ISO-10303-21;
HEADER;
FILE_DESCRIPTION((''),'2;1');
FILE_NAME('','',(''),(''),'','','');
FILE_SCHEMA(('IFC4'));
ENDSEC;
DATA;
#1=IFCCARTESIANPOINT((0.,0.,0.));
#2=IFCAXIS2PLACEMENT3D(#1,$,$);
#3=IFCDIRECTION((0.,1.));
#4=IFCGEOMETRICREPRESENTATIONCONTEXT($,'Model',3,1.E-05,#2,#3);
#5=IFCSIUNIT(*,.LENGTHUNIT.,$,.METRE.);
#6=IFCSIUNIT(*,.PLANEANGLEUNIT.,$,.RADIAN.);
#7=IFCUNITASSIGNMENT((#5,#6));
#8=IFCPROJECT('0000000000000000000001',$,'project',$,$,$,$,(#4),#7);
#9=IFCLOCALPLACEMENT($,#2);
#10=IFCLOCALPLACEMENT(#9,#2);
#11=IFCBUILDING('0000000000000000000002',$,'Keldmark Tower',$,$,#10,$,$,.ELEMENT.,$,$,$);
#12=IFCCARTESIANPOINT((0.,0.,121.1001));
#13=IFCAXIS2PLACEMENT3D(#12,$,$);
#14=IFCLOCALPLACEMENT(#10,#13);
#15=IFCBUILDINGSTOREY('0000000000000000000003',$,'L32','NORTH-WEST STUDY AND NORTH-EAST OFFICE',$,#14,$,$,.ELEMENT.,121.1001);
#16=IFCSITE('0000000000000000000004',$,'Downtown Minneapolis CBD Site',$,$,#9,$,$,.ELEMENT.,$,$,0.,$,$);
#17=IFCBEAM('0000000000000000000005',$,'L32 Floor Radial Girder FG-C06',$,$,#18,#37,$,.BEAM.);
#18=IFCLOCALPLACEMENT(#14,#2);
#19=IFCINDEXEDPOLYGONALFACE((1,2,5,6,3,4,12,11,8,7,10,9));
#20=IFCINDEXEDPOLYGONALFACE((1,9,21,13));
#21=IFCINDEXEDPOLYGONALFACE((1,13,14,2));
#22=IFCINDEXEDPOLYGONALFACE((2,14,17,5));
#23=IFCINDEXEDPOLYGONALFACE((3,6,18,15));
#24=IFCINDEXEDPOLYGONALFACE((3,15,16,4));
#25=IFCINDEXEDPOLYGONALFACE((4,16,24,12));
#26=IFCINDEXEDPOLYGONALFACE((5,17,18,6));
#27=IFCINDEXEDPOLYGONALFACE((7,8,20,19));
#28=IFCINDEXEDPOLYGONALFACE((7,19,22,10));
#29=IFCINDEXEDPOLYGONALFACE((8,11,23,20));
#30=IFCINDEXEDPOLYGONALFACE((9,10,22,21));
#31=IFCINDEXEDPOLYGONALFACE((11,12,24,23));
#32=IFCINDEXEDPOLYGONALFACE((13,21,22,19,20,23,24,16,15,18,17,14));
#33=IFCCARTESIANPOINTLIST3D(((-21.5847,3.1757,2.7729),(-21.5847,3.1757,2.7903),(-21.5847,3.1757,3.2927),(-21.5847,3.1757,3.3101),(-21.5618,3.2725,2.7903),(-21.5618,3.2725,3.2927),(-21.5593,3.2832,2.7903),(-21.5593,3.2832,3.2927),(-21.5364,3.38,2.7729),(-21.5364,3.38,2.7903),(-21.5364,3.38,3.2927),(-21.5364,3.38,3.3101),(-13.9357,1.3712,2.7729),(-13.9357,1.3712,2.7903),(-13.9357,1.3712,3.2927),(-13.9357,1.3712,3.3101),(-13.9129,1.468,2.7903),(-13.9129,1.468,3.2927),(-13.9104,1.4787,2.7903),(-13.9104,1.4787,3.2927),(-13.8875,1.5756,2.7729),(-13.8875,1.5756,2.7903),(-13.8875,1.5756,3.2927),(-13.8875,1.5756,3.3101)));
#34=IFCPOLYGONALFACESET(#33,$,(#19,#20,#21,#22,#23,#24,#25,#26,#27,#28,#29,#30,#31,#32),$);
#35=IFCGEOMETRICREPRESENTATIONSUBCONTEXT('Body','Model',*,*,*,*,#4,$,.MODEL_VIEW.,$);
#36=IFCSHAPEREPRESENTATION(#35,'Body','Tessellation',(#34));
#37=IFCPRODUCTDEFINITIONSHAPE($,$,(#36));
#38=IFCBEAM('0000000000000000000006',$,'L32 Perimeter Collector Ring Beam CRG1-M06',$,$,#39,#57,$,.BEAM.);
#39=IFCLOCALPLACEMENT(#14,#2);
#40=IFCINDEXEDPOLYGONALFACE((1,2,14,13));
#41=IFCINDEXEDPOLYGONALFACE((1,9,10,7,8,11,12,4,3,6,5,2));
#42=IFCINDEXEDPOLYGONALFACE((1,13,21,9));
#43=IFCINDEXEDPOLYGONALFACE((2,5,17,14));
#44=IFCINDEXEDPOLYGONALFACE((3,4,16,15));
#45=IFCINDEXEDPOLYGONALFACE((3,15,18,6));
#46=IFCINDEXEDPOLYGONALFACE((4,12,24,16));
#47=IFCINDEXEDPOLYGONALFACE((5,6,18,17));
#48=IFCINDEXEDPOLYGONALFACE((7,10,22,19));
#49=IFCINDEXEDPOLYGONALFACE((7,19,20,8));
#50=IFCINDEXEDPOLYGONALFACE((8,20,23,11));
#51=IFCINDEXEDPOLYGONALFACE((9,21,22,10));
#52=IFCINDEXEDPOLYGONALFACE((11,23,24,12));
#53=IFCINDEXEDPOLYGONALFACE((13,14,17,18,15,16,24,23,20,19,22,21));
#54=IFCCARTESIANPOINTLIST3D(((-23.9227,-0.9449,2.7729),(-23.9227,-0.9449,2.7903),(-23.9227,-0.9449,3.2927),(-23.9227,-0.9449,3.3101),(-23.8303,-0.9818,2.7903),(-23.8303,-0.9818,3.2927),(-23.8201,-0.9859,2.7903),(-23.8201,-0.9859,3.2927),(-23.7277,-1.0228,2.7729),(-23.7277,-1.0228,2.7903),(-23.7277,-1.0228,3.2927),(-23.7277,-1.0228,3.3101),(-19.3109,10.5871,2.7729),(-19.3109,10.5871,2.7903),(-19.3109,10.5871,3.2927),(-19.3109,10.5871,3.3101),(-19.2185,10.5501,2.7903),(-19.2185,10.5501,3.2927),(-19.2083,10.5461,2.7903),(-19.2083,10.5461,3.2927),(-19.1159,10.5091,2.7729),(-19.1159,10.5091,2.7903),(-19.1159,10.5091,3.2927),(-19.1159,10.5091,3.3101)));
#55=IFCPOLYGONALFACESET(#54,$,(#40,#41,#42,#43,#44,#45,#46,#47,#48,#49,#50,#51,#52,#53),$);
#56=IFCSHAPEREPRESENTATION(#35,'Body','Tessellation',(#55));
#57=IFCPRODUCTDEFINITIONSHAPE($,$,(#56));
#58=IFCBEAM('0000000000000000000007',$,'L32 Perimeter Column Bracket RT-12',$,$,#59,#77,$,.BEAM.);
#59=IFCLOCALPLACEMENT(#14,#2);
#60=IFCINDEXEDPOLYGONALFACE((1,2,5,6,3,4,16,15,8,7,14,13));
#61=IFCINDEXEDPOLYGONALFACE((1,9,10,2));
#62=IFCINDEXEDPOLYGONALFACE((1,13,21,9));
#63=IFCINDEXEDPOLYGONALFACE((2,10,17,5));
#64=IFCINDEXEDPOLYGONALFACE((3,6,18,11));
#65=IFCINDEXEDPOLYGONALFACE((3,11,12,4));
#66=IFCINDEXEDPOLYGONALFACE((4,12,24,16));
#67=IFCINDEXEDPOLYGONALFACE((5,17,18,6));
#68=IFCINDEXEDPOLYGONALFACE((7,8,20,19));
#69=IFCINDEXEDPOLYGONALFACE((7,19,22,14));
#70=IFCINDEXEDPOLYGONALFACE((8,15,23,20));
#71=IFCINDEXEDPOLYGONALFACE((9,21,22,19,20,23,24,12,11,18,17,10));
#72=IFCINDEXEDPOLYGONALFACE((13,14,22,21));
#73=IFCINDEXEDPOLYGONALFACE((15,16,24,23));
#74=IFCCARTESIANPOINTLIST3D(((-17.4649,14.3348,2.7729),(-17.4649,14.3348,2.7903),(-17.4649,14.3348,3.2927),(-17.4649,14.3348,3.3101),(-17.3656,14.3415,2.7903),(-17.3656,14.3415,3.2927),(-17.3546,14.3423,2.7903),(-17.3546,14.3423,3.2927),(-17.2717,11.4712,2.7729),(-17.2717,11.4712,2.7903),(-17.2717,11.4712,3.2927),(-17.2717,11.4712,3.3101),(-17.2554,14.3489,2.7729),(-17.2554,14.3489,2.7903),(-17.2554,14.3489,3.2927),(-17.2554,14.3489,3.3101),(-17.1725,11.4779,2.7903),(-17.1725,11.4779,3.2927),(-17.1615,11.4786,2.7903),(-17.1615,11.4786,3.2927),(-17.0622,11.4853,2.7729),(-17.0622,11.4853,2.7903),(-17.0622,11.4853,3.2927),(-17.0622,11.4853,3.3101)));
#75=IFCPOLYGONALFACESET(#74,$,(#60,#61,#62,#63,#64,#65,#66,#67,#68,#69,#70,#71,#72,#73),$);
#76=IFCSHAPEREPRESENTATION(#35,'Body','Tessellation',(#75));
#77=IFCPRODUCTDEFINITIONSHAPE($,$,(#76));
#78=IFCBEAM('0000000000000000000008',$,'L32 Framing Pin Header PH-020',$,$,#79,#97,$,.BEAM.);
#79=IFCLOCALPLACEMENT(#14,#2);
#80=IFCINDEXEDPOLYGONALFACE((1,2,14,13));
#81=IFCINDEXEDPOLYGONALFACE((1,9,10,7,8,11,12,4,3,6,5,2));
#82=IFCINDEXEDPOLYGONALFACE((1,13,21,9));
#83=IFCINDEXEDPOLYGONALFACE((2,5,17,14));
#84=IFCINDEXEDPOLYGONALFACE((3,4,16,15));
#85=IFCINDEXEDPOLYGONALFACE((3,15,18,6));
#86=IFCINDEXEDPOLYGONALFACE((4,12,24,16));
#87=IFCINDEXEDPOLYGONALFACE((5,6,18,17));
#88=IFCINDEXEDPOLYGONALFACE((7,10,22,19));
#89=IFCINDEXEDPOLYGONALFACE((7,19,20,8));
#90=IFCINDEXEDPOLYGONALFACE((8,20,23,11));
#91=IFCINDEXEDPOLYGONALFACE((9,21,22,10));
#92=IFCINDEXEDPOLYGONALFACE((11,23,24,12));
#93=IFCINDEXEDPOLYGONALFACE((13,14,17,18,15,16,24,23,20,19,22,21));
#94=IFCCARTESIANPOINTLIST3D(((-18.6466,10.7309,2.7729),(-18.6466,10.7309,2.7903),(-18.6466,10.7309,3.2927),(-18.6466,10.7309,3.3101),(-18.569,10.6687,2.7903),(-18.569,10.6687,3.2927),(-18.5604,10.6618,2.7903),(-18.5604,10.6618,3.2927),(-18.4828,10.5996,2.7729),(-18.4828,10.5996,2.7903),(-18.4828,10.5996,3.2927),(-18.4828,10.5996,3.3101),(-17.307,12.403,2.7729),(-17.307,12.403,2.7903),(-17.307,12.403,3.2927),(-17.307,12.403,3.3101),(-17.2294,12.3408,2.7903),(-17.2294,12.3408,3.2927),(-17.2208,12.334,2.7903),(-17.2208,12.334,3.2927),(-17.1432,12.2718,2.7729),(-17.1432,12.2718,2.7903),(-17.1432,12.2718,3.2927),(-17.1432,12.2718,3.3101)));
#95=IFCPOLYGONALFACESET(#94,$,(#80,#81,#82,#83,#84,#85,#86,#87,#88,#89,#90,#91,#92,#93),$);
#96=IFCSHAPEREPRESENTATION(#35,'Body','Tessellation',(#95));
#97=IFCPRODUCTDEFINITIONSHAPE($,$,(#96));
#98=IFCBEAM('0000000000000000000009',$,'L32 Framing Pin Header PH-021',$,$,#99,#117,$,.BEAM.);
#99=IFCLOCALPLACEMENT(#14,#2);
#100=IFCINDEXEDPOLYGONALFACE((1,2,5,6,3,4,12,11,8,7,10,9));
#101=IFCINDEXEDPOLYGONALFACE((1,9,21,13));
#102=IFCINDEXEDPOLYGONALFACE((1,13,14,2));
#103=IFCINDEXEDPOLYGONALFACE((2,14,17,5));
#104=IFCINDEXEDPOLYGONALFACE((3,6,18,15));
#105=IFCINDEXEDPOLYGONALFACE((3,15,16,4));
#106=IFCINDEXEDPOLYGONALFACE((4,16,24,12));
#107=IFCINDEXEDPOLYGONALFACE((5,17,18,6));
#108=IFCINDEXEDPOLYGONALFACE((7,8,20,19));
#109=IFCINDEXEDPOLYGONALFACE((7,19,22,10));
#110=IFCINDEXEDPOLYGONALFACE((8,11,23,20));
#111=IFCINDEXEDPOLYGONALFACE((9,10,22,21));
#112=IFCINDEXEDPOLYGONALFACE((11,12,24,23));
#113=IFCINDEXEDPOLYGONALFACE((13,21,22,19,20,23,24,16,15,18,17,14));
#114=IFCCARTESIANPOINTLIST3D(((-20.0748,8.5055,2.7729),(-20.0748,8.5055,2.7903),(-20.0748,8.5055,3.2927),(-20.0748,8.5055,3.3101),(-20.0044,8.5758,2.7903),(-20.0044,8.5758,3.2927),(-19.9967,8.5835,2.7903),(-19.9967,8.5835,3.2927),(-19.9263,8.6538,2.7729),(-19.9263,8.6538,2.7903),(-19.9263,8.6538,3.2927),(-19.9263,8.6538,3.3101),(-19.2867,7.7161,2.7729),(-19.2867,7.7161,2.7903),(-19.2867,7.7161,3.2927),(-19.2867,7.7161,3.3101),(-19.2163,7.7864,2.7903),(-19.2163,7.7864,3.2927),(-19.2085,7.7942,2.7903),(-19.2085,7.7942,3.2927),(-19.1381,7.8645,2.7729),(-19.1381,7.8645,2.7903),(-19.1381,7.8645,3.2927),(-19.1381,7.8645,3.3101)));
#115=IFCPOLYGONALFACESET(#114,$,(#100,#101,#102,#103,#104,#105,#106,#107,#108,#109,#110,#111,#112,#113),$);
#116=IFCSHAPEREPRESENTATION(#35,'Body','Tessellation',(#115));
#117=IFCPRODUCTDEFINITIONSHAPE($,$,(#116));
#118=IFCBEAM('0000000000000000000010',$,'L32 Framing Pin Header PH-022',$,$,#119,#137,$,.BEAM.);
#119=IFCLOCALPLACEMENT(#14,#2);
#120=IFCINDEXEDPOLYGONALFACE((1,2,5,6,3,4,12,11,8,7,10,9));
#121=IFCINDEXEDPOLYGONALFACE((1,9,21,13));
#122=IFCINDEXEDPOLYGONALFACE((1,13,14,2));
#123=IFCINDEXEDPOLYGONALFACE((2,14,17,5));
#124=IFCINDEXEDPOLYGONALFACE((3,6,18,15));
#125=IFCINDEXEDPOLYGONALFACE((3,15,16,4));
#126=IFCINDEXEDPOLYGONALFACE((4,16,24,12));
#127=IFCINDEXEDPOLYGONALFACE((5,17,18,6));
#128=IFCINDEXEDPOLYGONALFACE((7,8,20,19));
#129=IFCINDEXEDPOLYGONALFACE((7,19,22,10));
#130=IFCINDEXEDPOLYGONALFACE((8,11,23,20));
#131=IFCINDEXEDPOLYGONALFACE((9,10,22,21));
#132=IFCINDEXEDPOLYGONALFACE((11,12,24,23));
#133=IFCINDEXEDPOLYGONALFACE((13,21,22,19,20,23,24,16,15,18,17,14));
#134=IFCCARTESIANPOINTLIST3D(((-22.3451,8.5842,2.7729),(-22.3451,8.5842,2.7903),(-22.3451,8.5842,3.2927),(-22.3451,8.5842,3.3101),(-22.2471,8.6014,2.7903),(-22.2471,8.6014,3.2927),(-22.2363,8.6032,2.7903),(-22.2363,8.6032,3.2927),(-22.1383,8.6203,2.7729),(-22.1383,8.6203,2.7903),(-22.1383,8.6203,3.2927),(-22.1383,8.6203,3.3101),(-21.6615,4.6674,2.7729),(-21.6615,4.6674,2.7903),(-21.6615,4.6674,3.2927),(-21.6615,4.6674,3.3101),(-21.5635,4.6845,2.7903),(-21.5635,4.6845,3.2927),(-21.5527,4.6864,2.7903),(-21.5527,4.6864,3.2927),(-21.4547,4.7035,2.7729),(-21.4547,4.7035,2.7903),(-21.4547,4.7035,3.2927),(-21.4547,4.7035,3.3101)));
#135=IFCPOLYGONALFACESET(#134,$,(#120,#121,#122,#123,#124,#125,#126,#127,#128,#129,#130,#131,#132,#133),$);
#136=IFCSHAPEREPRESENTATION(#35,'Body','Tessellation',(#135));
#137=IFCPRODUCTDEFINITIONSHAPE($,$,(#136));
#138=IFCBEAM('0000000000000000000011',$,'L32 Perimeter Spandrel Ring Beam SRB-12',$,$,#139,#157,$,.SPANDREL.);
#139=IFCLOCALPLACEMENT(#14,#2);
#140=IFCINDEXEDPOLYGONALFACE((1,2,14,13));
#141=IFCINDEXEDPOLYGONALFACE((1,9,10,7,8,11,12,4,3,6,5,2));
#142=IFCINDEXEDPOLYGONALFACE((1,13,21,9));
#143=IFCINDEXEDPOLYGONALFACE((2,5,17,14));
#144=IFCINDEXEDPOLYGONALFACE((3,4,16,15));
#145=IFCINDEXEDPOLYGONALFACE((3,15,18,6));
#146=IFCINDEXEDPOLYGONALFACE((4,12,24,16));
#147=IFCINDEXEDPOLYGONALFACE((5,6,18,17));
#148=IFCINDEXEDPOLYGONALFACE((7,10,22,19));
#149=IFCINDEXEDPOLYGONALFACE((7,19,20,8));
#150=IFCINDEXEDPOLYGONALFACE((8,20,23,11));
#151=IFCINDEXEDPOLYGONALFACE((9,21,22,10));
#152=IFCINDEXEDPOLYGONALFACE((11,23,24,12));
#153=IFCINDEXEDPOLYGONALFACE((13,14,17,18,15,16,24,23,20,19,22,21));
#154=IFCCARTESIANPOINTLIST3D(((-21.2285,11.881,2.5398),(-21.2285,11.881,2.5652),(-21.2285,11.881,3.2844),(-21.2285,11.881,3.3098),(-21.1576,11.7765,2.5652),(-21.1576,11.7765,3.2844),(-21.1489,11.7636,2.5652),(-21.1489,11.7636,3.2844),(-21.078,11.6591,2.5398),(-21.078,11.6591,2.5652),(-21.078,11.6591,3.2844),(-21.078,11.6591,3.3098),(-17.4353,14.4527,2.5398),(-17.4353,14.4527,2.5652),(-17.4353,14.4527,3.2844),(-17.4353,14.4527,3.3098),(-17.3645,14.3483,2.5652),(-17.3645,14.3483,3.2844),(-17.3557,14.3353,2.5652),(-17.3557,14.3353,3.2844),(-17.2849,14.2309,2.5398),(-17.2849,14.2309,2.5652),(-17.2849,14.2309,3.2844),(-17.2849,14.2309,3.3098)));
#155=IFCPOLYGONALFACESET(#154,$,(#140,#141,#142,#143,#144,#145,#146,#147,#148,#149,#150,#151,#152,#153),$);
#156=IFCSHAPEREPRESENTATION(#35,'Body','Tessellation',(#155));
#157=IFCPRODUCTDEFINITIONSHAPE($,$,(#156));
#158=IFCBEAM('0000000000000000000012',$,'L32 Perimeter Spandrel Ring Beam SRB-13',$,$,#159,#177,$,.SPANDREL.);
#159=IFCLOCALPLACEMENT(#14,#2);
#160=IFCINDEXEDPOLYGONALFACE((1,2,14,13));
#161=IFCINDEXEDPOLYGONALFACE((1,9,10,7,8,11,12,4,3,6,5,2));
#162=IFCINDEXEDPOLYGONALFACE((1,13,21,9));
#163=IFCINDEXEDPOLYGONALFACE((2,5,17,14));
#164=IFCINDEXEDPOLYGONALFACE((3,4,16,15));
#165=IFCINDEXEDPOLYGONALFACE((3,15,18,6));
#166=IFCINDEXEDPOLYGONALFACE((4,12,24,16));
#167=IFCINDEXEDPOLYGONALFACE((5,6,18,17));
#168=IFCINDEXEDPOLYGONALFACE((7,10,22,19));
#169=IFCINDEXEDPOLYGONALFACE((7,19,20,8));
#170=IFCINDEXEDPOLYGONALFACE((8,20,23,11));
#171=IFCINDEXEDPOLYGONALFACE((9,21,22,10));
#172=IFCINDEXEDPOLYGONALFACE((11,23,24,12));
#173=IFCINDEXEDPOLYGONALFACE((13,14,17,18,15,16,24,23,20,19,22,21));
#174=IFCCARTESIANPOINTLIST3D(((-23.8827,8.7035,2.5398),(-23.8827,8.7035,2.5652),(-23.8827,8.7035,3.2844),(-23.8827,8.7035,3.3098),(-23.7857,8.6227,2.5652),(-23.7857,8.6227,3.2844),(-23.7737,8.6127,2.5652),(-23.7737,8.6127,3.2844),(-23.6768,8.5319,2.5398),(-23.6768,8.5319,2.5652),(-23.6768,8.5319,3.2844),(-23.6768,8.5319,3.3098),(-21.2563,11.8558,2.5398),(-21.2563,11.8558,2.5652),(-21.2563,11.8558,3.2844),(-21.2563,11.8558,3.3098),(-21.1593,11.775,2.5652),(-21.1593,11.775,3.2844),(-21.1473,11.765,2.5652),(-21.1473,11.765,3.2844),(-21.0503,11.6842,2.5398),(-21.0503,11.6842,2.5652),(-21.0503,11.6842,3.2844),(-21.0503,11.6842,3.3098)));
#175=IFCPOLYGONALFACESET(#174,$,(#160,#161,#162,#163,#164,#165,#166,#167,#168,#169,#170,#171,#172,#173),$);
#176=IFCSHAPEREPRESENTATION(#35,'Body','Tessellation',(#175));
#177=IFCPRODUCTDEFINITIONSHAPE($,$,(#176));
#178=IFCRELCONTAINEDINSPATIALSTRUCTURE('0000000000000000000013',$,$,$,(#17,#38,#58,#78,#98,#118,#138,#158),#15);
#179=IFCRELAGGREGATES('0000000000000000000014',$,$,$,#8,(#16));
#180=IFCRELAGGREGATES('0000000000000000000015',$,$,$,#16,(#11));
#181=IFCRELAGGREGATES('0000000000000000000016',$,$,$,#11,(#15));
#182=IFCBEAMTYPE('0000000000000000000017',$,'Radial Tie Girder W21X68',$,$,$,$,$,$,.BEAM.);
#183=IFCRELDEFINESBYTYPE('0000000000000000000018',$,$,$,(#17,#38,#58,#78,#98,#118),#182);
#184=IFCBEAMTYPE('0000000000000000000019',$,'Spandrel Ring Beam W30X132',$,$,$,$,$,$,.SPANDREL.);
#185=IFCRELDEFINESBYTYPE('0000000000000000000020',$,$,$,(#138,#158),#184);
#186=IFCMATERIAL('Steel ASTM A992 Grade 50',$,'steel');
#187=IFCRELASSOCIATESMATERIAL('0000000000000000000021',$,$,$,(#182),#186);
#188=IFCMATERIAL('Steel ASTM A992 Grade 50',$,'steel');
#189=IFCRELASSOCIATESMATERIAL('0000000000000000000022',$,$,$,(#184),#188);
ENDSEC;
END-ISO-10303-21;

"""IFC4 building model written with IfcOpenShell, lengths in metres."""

from ifc_helpers import new_model, si_unit, direction, frame, origin, origin_2d, place, context, subcontext, project, spatial, i_section, extrude, material, material_profile, profile_set, type_object, element, save


model = new_model("IFC4")

# Units and contexts
model_context = context("Model", 3, precision=1e-05, world=origin(), true_north=direction((0.0, 1.0)))
body_context = subcontext(model_context, "Body", "Model", "MODEL_VIEW")
ifc_project = project(units=[si_unit("LENGTHUNIT", "METRE"), si_unit("PLANEANGLEUNIT", "RADIAN")], contexts=[model_context])

# Site, building, storey
site_placement = place(None, origin())
site = spatial("IfcSite", under=ifc_project, at=site_placement, Name="Downtown Minneapolis CBD Site", CompositionType="ELEMENT", RefElevation=0.0)
building_placement = place(site_placement, origin())
building = spatial("IfcBuilding", under=site, at=building_placement, Name="Keldmark Tower", CompositionType="ELEMENT")
storey_placement = place(building_placement, frame((0.0, 0.0, 121.1001)))
storey = spatial("IfcBuildingStorey", under=building, at=storey_placement, Name="L32", Description="NORTH-WEST STUDY AND NORTH-EAST OFFICE", CompositionType="ELEMENT", Elevation=121.1001)

# Beams
ifc_material_1 = material(Name="Steel ASTM A992 Grade 50", Category="steel")
ifc_material_profile_1 = material_profile(ifc_material_1, i_section(OverallWidth=0.21, OverallDepth=0.5371, WebThickness=0.011, FlangeThickness=0.0173, at=origin_2d()), Name="W21X68")
ifc_profile_set_1 = profile_set([ifc_material_profile_1], Name="Steel ASTM A992 Grade 50")
beam_type_1 = type_object("IfcBeamType", Name="Radial Tie Girder W21X68", PredefinedType="BEAM", material=ifc_profile_set_1)
beam_1_placement = place(storey_placement, frame((-21.5605, 3.2778, 3.0415), z_axis=(0.973284, -0.229606, 0.0), x_axis=(0.229606, 0.973284, 0.0)))
element("IfcBeam", 1, at=beam_1_placement, inside=storey, type_object=beam_type_1, Name="L32 Floor Radial Girder FG-C06", PredefinedType="BEAM", context=body_context, shape_type="SweptSolid", body=[
    extrude(i_section(OverallWidth=0.21, OverallDepth=0.5371, WebThickness=0.011, FlangeThickness=0.0173, at=origin_2d()), origin(), (0.0, 0.0, 1.0), 7.8589),
])
beam_2_placement = place(storey_placement, frame((-19.2134, 10.5481, 3.0415), z_axis=(-0.371323, -0.928504, 0.0), x_axis=(0.928504, -0.371323, 0.0)))
element("IfcBeam", 2, at=beam_2_placement, inside=storey, type_object=beam_type_1, Name="L32 Perimeter Collector Ring Beam CRG1-M06", PredefinedType="BEAM", context=body_context, shape_type="SweptSolid", body=[
    extrude(i_section(OverallWidth=0.21, OverallDepth=0.5371, WebThickness=0.011, FlangeThickness=0.0173, at=origin_2d()), origin(), (0.0, 0.0, 1.0), 12.4199),
])
beam_3_placement = place(storey_placement, frame((-17.167, 11.4783, 3.0415), z_axis=(-0.067287, 0.997734, 0.0), x_axis=(-0.997734, -0.067287, 0.0)))
element("IfcBeam", 3, at=beam_3_placement, inside=storey, type_object=beam_type_1, Name="L32 Perimeter Column Bracket RT-12", PredefinedType="BEAM", context=body_context, shape_type="SweptSolid", body=[
    extrude(i_section(OverallWidth=0.21, OverallDepth=0.5371, WebThickness=0.011, FlangeThickness=0.0173, at=origin_2d()), origin(), (0.0, 0.0, 1.0), 2.8701),
])
beam_4_placement = place(storey_placement, frame((-17.2251, 12.3374, 3.0415), z_axis=(-0.625237, -0.780435, 0.0), x_axis=(0.780435, -0.625237, 0.0)))
element("IfcBeam", 4, at=beam_4_placement, inside=storey, type_object=beam_type_1, Name="L32 Framing Pin Header PH-020", PredefinedType="BEAM", context=body_context, shape_type="SweptSolid", body=[
    extrude(i_section(OverallWidth=0.21, OverallDepth=0.5371, WebThickness=0.011, FlangeThickness=0.0173, at=origin_2d()), origin(), (0.0, 0.0, 1.0), 2.1426),
])
beam_5_placement = place(storey_placement, frame((-19.2124, 7.7903, 3.0415), z_axis=(-0.706559, 0.707654, 0.0), x_axis=(-0.707654, -0.706559, 0.0)))
element("IfcBeam", 5, at=beam_5_placement, inside=storey, type_object=beam_type_1, Name="L32 Framing Pin Header PH-021", PredefinedType="BEAM", context=body_context, shape_type="SweptSolid", body=[
    extrude(i_section(OverallWidth=0.21, OverallDepth=0.5371, WebThickness=0.011, FlangeThickness=0.0173, at=origin_2d()), origin(), (0.0, 0.0, 1.0), 1.1155),
])
beam_6_placement = place(storey_placement, frame((-22.2417, 8.6023, 3.0415), z_axis=(0.171922, -0.985111, 0.0), x_axis=(0.985111, 0.171922, 0.0)))
element("IfcBeam", 6, at=beam_6_placement, inside=storey, type_object=beam_type_1, Name="L32 Framing Pin Header PH-022", PredefinedType="BEAM", context=body_context, shape_type="SweptSolid", body=[
    extrude(i_section(OverallWidth=0.21, OverallDepth=0.5371, WebThickness=0.011, FlangeThickness=0.0173, at=origin_2d()), origin(), (0.0, 0.0, 1.0), 3.9761),
])
ifc_material_2 = material(Name="Steel ASTM A992 Grade 50", Category="steel")
ifc_material_profile_2 = material_profile(ifc_material_2, i_section(OverallWidth=0.2681, OverallDepth=0.77, WebThickness=0.0156, FlangeThickness=0.0254, at=origin_2d()), Name="W30X132")
ifc_profile_set_2 = profile_set([ifc_material_profile_2], Name="Steel ASTM A992 Grade 50")
beam_type_2 = type_object("IfcBeamType", Name="Spandrel Ring Beam W30X132", PredefinedType="SPANDREL", material=ifc_profile_set_2)
beam_7_placement = place(storey_placement, frame((-17.3601, 14.3418, 2.9248), z_axis=(-0.827698, -0.561174, 0.0), x_axis=(0.561174, -0.827698, 0.0)))
element("IfcBeam", 7, at=beam_7_placement, inside=storey, type_object=beam_type_2, Name="L32 Perimeter Spandrel Ring Beam SRB-12", PredefinedType="SPANDREL", context=body_context, shape_type="SweptSolid", body=[
    extrude(i_section(OverallWidth=0.2681, OverallDepth=0.77, WebThickness=0.0156, FlangeThickness=0.0254, at=origin_2d()), origin(), (0.0, 0.0, 1.0), 4.5828),
])
beam_8_placement = place(storey_placement, frame((-21.1533, 11.77, 2.9248), z_axis=(-0.640114, -0.76828, 0.0), x_axis=(0.76828, -0.640114, 0.0)))
element("IfcBeam", 8, at=beam_8_placement, inside=storey, type_object=beam_type_2, Name="L32 Perimeter Spandrel Ring Beam SRB-13", PredefinedType="SPANDREL", context=body_context, shape_type="SweptSolid", body=[
    extrude(i_section(OverallWidth=0.2681, OverallDepth=0.77, WebThickness=0.0156, FlangeThickness=0.0254, at=origin_2d()), origin(), (0.0, 0.0, 1.0), 4.103),
])

save(model, "model.ifc")
